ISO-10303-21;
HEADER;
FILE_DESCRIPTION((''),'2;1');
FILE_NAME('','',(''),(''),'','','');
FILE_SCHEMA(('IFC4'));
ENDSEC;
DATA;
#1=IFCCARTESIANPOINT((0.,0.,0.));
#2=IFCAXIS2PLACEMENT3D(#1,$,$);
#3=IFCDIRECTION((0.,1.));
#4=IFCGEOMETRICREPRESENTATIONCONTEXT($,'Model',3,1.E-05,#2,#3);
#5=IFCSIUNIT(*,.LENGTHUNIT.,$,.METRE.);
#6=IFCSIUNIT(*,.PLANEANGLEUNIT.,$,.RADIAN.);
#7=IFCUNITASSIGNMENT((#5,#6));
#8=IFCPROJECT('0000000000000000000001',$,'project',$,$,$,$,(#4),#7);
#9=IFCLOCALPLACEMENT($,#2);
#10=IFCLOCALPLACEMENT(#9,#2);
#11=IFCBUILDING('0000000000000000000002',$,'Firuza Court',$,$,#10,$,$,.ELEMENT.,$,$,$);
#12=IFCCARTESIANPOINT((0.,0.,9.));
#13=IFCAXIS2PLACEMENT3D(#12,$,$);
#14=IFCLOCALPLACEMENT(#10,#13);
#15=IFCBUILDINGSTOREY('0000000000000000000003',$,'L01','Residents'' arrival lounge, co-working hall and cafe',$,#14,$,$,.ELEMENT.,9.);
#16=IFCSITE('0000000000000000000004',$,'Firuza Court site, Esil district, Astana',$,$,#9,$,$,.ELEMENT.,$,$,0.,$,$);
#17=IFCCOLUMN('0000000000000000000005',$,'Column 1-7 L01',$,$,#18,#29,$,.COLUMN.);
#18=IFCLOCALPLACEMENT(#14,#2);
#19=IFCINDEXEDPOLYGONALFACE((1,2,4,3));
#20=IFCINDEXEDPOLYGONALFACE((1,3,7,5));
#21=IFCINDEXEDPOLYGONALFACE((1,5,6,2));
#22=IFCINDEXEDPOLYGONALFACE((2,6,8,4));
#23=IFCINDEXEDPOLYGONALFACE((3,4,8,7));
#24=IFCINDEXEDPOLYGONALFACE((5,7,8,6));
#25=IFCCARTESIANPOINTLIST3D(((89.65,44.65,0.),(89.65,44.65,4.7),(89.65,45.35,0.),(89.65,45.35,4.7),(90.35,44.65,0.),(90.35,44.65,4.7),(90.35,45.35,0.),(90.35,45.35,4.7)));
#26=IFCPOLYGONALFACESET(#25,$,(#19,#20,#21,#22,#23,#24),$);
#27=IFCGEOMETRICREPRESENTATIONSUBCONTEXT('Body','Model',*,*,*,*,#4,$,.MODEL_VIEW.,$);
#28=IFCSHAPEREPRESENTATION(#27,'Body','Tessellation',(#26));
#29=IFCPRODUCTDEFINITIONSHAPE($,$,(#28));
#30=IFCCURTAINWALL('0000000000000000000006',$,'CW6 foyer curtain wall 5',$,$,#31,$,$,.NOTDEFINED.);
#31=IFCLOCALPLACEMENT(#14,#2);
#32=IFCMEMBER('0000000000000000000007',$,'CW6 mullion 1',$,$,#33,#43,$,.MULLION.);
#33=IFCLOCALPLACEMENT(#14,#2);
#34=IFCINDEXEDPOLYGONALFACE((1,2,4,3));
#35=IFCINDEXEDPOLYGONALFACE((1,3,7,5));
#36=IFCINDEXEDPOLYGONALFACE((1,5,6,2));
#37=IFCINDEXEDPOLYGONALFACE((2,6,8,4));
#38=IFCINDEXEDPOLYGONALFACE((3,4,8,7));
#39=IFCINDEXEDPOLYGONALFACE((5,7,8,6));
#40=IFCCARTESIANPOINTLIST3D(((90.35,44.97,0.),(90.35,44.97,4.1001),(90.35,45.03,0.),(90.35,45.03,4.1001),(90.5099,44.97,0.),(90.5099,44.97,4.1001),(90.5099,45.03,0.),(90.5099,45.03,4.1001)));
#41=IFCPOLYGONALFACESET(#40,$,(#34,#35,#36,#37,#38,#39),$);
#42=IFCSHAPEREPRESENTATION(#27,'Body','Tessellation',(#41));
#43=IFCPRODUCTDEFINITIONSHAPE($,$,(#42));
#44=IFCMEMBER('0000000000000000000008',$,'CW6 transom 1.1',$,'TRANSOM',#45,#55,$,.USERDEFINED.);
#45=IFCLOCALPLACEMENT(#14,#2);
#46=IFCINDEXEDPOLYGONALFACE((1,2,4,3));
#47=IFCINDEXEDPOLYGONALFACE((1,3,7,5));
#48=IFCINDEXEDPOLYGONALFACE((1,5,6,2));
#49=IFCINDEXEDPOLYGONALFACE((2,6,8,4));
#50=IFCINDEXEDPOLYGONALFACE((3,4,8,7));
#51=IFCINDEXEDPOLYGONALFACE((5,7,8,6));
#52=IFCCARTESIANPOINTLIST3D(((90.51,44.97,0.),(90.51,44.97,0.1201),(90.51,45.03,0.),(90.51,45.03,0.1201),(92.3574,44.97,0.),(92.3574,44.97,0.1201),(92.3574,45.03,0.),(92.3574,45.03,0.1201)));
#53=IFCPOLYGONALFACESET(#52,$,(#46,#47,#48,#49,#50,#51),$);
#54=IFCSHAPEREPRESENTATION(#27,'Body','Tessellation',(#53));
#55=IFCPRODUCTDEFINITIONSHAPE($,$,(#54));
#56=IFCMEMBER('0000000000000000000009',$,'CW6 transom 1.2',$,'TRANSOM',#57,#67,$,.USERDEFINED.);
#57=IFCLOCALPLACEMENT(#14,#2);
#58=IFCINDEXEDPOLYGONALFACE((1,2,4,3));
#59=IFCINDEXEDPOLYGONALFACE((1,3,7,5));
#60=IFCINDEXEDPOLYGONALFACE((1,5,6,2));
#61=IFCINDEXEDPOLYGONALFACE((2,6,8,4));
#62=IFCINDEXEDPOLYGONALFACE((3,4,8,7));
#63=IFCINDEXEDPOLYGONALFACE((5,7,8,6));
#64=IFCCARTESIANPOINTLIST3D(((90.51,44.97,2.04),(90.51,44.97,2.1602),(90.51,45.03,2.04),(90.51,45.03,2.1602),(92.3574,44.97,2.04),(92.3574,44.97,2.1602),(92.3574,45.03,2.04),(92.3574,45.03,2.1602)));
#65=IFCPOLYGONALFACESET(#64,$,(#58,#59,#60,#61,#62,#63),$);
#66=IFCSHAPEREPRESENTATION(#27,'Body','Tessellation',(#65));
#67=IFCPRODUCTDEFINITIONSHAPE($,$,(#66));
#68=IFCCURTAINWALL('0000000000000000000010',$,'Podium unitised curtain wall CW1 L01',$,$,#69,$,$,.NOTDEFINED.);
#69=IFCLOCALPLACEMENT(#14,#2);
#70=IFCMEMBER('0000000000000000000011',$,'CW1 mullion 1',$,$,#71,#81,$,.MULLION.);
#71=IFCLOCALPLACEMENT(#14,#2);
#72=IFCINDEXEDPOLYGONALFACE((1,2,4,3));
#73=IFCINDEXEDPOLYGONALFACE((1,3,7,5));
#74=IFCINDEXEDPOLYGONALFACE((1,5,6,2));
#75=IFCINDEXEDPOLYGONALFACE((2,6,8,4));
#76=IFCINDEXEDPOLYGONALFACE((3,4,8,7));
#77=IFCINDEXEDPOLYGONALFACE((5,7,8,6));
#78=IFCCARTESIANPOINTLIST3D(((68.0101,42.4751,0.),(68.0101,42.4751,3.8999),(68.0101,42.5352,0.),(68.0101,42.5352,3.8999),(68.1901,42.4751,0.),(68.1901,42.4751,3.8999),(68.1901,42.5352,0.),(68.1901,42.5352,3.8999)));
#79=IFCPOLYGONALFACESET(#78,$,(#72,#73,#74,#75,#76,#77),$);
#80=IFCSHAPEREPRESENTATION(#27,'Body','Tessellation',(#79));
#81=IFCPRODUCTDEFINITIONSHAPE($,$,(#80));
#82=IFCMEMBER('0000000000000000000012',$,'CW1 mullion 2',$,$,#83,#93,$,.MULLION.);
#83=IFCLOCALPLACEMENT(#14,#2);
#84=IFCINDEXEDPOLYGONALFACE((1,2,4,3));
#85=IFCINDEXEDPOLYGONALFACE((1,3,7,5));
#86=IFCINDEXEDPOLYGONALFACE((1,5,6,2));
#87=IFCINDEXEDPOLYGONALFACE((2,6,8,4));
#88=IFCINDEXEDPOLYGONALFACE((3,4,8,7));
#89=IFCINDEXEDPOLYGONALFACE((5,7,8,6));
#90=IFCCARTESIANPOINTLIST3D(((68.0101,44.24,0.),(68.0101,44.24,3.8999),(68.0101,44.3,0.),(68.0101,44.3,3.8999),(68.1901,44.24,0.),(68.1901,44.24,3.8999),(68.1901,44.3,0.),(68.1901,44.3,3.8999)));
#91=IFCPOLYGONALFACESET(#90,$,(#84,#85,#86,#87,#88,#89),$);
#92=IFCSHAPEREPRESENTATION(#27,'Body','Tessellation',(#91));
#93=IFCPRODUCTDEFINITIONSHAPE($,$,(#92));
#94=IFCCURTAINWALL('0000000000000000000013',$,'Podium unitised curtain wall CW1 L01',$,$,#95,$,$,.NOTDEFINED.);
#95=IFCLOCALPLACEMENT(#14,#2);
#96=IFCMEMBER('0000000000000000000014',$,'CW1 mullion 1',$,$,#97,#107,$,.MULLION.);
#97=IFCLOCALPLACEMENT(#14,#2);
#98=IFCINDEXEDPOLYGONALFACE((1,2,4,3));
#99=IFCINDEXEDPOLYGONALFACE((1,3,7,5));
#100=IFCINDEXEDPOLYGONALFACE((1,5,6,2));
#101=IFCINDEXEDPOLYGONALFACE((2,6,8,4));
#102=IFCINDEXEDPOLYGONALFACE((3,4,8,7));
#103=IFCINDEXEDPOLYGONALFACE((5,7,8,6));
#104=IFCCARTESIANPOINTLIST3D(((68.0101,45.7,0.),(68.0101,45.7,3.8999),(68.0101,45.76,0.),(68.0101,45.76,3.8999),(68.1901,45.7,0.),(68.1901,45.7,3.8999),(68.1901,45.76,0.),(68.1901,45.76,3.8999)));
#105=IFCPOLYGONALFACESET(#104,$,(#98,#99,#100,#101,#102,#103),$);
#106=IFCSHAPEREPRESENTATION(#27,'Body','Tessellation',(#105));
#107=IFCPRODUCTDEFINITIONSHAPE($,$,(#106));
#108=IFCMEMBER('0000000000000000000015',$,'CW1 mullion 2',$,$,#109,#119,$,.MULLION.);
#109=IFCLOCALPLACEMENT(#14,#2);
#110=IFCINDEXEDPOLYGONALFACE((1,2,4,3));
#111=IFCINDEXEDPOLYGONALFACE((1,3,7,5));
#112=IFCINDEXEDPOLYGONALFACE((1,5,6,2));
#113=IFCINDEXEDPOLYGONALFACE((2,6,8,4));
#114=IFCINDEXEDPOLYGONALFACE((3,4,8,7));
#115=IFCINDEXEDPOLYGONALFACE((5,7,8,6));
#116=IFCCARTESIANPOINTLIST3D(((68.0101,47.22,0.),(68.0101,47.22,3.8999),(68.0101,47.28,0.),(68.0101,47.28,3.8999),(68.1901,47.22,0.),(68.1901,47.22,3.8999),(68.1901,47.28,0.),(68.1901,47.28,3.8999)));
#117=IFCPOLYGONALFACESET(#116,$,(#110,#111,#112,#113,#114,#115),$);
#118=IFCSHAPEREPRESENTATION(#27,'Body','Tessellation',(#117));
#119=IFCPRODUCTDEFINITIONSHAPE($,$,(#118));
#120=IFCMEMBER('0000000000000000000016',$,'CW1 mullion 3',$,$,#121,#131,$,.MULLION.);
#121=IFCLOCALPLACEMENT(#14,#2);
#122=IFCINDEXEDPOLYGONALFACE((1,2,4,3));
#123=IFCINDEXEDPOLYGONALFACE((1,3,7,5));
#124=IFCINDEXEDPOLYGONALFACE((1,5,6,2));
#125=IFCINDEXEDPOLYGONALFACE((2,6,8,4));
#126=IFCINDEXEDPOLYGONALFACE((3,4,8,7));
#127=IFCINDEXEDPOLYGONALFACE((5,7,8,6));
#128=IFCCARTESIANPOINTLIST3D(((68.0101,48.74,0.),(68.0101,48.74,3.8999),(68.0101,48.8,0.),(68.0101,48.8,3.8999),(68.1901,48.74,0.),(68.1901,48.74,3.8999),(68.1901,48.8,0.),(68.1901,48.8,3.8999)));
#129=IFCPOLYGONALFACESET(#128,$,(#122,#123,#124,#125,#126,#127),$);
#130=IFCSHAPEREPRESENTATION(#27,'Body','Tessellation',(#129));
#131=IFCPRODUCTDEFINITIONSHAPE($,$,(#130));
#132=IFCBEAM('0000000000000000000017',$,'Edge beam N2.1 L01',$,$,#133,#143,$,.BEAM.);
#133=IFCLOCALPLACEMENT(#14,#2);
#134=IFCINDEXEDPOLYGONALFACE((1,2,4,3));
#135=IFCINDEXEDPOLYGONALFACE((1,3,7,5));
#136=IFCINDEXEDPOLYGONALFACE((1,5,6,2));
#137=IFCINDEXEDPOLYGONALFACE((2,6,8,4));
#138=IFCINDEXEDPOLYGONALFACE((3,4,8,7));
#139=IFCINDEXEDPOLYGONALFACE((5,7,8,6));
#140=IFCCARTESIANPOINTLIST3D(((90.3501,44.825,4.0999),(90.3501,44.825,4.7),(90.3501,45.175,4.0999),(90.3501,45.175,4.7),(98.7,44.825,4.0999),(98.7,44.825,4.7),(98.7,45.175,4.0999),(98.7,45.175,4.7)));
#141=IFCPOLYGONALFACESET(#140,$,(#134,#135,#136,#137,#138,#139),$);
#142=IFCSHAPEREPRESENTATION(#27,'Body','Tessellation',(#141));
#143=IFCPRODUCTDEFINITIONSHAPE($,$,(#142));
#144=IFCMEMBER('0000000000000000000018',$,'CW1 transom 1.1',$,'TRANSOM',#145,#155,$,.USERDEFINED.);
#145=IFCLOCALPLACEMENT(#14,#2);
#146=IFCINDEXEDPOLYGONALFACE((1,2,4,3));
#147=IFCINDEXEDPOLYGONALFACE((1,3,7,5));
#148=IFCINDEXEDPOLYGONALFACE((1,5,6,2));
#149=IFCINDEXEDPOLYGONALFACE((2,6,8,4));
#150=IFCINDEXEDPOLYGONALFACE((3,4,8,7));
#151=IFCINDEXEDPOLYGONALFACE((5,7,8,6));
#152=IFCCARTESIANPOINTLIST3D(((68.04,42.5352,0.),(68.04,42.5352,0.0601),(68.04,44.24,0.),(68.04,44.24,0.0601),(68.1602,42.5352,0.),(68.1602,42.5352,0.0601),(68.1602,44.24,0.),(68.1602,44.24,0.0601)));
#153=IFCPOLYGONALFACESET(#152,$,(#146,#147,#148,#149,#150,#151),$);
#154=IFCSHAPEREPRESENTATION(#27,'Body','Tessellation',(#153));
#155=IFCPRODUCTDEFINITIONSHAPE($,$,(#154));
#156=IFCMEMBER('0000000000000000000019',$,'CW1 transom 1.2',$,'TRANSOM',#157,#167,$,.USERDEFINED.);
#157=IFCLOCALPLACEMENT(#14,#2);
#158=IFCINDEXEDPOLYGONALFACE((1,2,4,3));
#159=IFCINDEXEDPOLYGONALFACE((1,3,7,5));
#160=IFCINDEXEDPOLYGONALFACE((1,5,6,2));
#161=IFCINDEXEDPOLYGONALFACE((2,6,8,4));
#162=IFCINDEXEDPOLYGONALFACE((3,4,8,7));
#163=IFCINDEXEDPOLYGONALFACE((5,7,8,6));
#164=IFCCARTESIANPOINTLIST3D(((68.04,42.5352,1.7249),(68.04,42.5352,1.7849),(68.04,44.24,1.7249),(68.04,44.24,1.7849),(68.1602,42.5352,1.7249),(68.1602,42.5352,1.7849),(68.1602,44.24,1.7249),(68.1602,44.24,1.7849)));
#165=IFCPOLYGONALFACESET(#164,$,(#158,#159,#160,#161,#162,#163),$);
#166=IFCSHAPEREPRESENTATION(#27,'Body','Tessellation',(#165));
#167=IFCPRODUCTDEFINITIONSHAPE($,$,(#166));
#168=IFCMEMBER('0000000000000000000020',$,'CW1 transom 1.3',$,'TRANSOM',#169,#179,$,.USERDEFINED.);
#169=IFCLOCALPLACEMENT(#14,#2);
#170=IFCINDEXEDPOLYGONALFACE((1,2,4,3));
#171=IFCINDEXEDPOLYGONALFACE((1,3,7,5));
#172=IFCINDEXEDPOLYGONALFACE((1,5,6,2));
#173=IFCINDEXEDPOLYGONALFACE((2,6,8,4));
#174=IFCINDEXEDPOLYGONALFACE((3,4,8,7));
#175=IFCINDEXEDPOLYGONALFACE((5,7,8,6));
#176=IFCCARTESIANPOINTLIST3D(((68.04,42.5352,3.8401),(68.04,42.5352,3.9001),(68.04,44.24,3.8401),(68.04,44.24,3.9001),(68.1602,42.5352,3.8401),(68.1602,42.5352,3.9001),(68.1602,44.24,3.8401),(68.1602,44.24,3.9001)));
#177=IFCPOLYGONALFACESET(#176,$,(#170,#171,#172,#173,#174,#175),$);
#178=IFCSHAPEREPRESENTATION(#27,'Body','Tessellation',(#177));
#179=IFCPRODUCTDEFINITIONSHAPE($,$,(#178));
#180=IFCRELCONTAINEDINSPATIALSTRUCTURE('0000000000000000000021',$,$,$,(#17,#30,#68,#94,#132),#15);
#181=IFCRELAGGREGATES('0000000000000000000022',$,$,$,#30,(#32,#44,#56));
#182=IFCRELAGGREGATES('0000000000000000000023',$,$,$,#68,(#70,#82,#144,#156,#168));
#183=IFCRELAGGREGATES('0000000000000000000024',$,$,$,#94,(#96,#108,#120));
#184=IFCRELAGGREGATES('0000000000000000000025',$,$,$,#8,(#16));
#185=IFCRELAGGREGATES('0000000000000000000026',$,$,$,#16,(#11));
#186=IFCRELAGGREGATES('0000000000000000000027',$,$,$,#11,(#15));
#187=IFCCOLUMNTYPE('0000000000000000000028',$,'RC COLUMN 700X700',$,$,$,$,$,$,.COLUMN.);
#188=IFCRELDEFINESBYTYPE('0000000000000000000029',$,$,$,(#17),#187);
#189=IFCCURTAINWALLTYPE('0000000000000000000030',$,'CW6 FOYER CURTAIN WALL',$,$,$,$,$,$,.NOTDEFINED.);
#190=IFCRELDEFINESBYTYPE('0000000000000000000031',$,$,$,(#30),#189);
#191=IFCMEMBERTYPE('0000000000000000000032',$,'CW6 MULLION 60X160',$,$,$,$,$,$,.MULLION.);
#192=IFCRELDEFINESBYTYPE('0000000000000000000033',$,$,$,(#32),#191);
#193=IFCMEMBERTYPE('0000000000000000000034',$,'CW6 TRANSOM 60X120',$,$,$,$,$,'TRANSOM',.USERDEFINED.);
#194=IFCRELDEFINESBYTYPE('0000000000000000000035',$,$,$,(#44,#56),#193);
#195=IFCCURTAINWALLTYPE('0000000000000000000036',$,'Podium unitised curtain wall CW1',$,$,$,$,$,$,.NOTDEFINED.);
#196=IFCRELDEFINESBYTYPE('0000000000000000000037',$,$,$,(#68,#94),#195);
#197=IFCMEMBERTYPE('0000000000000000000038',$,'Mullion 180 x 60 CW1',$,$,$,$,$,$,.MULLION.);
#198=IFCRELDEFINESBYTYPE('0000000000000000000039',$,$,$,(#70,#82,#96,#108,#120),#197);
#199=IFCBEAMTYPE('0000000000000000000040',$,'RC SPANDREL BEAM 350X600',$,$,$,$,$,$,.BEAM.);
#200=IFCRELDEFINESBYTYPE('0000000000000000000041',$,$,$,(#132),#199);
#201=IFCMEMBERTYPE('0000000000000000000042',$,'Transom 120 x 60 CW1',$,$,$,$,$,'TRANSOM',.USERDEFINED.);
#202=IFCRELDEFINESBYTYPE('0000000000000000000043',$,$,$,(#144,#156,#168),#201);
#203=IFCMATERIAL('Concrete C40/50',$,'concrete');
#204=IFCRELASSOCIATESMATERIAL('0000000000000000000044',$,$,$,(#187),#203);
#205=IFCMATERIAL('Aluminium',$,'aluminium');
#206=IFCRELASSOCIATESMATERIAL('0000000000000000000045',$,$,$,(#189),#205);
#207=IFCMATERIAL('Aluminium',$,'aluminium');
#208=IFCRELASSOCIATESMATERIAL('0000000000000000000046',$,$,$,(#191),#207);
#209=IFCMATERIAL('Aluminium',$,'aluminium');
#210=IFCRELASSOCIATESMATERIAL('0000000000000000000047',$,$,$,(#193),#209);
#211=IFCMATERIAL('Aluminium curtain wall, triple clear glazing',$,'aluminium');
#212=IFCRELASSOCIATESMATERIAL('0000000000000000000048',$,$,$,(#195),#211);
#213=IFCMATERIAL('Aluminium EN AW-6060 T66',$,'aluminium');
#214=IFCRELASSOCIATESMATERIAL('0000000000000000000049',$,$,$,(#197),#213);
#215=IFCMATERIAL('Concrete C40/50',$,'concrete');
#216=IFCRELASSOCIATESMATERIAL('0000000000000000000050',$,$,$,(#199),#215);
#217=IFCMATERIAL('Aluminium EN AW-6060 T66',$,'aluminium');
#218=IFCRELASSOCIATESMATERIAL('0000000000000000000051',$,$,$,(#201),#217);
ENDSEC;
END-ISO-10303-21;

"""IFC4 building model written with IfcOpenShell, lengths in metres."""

from ifc_helpers import new_model, si_unit, direction, frame, origin, origin_2d, place, context, subcontext, project, spatial, rectangle, extrude, material, material_profile, profile_set, type_object, element, aggregate, save


model = new_model("IFC4")

# Units and contexts
model_context = context("Model", 3, precision=1e-05, world=origin(), true_north=direction((0.0, 1.0)))
body_context = subcontext(model_context, "Body", "Model", "MODEL_VIEW")
ifc_project = project(units=[si_unit("LENGTHUNIT", "METRE"), si_unit("PLANEANGLEUNIT", "RADIAN")], contexts=[model_context])

# Site, building, storey
site_placement = place(None, origin())
site = spatial("IfcSite", under=ifc_project, at=site_placement, Name="Firuza Court site, Esil district, Astana", CompositionType="ELEMENT", RefElevation=0.0)
building_placement = place(site_placement, origin())
building = spatial("IfcBuilding", under=site, at=building_placement, Name="Firuza Court", CompositionType="ELEMENT")
storey_placement = place(building_placement, frame((0.0, 0.0, 9.0)))
storey = spatial("IfcBuildingStorey", under=building, at=storey_placement, Name="L01", Description="Residents' arrival lounge, co-working hall and cafe", CompositionType="ELEMENT", Elevation=9.0)

# Column
ifc_material_1 = material(Name="Concrete C40/50", Category="concrete")
ifc_material_profile_1 = material_profile(ifc_material_1, rectangle(XDim=0.7, YDim=0.7, at=origin_2d()), Name="RC 700X700")
ifc_profile_set_1 = profile_set([ifc_material_profile_1], Name="Concrete C40/50")
column_type = type_object("IfcColumnType", Name="RC COLUMN 700X700", PredefinedType="COLUMN", material=ifc_profile_set_1)
column_placement = place(storey_placement, frame((90.0, 45.0, 0.0), z_axis=(0.0, 0.0, 1.0), x_axis=(1.0, 0.0, 0.0)))
element("IfcColumn", 1, at=column_placement, inside=storey, type_object=column_type, Name="Column 1-7 L01", PredefinedType="COLUMN", context=body_context, shape_type="SweptSolid", body=[
    extrude(rectangle(XDim=0.7, YDim=0.7, at=origin_2d()), origin(), (0.0, 0.0, 1.0), 4.7),
])

# Curtain walls, members
ifc_material_2 = material(Name="Aluminium", Category="aluminium")
curtain_wall_type_1 = type_object("IfcCurtainWallType", Name="CW6 FOYER CURTAIN WALL", PredefinedType="NOTDEFINED", material=ifc_material_2)
curtain_wall_1_placement = place(storey_placement, origin())
curtain_wall_1 = element("IfcCurtainWall", 2, at=curtain_wall_1_placement, inside=storey, type_object=curtain_wall_type_1, Name="CW6 foyer curtain wall 5", PredefinedType="NOTDEFINED")
ifc_material_3 = material(Name="Aluminium", Category="aluminium")
ifc_material_profile_2 = material_profile(ifc_material_3, rectangle(XDim=0.0601, YDim=0.1599, at=origin_2d()), Name="MULLION 60X160")
ifc_profile_set_2 = profile_set([ifc_material_profile_2], Name="Aluminium")
member_type_1 = type_object("IfcMemberType", Name="CW6 MULLION 60X160", PredefinedType="MULLION", material=ifc_profile_set_2)
member_1_placement = place(storey_placement, frame((90.4299, 45.0, 0.0), z_axis=(0.0, 0.0, 1.0), x_axis=(0.0, 1.0, 0.0)))
member_1 = element("IfcMember", 3, at=member_1_placement, type_object=member_type_1, Name="CW6 mullion 1", PredefinedType="MULLION", context=body_context, shape_type="SweptSolid", body=[
    extrude(rectangle(XDim=0.0601, YDim=0.1599, at=origin_2d()), origin(), (0.0, 0.0, 1.0), 4.1001),
])
ifc_material_4 = material(Name="Aluminium", Category="aluminium")
ifc_material_profile_3 = material_profile(ifc_material_4, rectangle(XDim=0.0601, YDim=0.1201, at=origin_2d()), Name="TRANSOM 60X120")
ifc_profile_set_3 = profile_set([ifc_material_profile_3], Name="Aluminium")
member_type_2 = type_object("IfcMemberType", Name="CW6 TRANSOM 60X120", ElementType="TRANSOM", PredefinedType="USERDEFINED", material=ifc_profile_set_3)
member_2_placement = place(storey_placement, frame((90.51, 45.0, 0.0601), z_axis=(1.0, 0.0, 0.0), x_axis=(0.0, 1.0, 0.0)))
member_2 = element("IfcMember", 4, at=member_2_placement, type_object=member_type_2, Name="CW6 transom 1.1", ObjectType="TRANSOM", PredefinedType="USERDEFINED", context=body_context, shape_type="SweptSolid", body=[
    extrude(rectangle(XDim=0.0601, YDim=0.1201, at=origin_2d()), origin(), (0.0, 0.0, 1.0), 1.8474),
])
member_3_placement = place(storey_placement, frame((90.51, 45.0, 2.1001), z_axis=(1.0, 0.0, 0.0), x_axis=(0.0, 1.0, 0.0)))
member_3 = element("IfcMember", 5, at=member_3_placement, type_object=member_type_2, Name="CW6 transom 1.2", ObjectType="TRANSOM", PredefinedType="USERDEFINED", context=body_context, shape_type="SweptSolid", body=[
    extrude(rectangle(XDim=0.0601, YDim=0.1201, at=origin_2d()), origin(), (0.0, 0.0, 1.0), 1.8474),
])
aggregate(curtain_wall_1, [member_1, member_2, member_3])
ifc_material_5 = material(Name="Aluminium curtain wall, triple clear glazing", Category="aluminium")
curtain_wall_type_2 = type_object("IfcCurtainWallType", Name="Podium unitised curtain wall CW1", PredefinedType="NOTDEFINED", material=ifc_material_5)
curtain_wall_2_placement = place(storey_placement, origin())
curtain_wall_2 = element("IfcCurtainWall", 6, at=curtain_wall_2_placement, inside=storey, type_object=curtain_wall_type_2, Name="Podium unitised curtain wall CW1 L01", PredefinedType="NOTDEFINED")
ifc_material_6 = material(Name="Aluminium EN AW-6060 T66", Category="aluminium")
ifc_material_profile_4 = material_profile(ifc_material_6, rectangle(XDim=0.1799, YDim=0.0601, at=origin_2d()), Name="Mullion 180 x 60 CW1")
ifc_profile_set_4 = profile_set([ifc_material_profile_4], Name="Aluminium EN AW-6060 T66")
member_type_3 = type_object("IfcMemberType", Name="Mullion 180 x 60 CW1", PredefinedType="MULLION", material=ifc_profile_set_4)
member_4_placement = place(storey_placement, frame((68.1001, 42.5051, 0.0), z_axis=(0.0, 0.0, 1.0), x_axis=(-1.0, 0.0, 0.0)))
member_4 = element("IfcMember", 7, at=member_4_placement, type_object=member_type_3, Name="CW1 mullion 1", PredefinedType="MULLION", context=body_context, shape_type="SweptSolid", body=[
    extrude(rectangle(XDim=0.1799, YDim=0.0601, at=origin_2d()), origin(), (0.0, 0.0, 1.0), 3.8999),
])
member_5_placement = place(storey_placement, frame((68.1001, 44.27, 0.0), z_axis=(0.0, 0.0, 1.0), x_axis=(-1.0, 0.0, 0.0)))
member_5 = element("IfcMember", 8, at=member_5_placement, type_object=member_type_3, Name="CW1 mullion 2", PredefinedType="MULLION", context=body_context, shape_type="SweptSolid", body=[
    extrude(rectangle(XDim=0.1799, YDim=0.0601, at=origin_2d()), origin(), (0.0, 0.0, 1.0), 3.8999),
])
curtain_wall_3_placement = place(storey_placement, origin())
curtain_wall_3 = element("IfcCurtainWall", 9, at=curtain_wall_3_placement, inside=storey, type_object=curtain_wall_type_2, Name="Podium unitised curtain wall CW1 L01", PredefinedType="NOTDEFINED")
member_6_placement = place(storey_placement, frame((68.1001, 45.73, 0.0), z_axis=(0.0, 0.0, 1.0), x_axis=(-1.0, 0.0, 0.0)))
member_6 = element("IfcMember", 10, at=member_6_placement, type_object=member_type_3, Name="CW1 mullion 1", PredefinedType="MULLION", context=body_context, shape_type="SweptSolid", body=[
    extrude(rectangle(XDim=0.1799, YDim=0.0601, at=origin_2d()), origin(), (0.0, 0.0, 1.0), 3.8999),
])
member_7_placement = place(storey_placement, frame((68.1001, 47.25, 0.0), z_axis=(0.0, 0.0, 1.0), x_axis=(-1.0, 0.0, 0.0)))
member_7 = element("IfcMember", 11, at=member_7_placement, type_object=member_type_3, Name="CW1 mullion 2", PredefinedType="MULLION", context=body_context, shape_type="SweptSolid", body=[
    extrude(rectangle(XDim=0.1799, YDim=0.0601, at=origin_2d()), origin(), (0.0, 0.0, 1.0), 3.8999),
])
member_8_placement = place(storey_placement, frame((68.1001, 48.77, 0.0), z_axis=(0.0, 0.0, 1.0), x_axis=(-1.0, 0.0, 0.0)))
member_8 = element("IfcMember", 12, at=member_8_placement, type_object=member_type_3, Name="CW1 mullion 3", PredefinedType="MULLION", context=body_context, shape_type="SweptSolid", body=[
    extrude(rectangle(XDim=0.1799, YDim=0.0601, at=origin_2d()), origin(), (0.0, 0.0, 1.0), 3.8999),
])

# Beam
ifc_material_7 = material(Name="Concrete C40/50", Category="concrete")
ifc_material_profile_5 = material_profile(ifc_material_7, rectangle(XDim=0.3501, YDim=0.6001, at=origin_2d()), Name="RC 350X600")
ifc_profile_set_5 = profile_set([ifc_material_profile_5], Name="Concrete C40/50")
beam_type = type_object("IfcBeamType", Name="RC SPANDREL BEAM 350X600", PredefinedType="BEAM", material=ifc_profile_set_5)
beam_placement = place(storey_placement, frame((90.3501, 45.0, 4.3999), z_axis=(1.0, 0.0, 0.0), x_axis=(0.0, 1.0, 0.0)))
element("IfcBeam", 13, at=beam_placement, inside=storey, type_object=beam_type, Name="Edge beam N2.1 L01", PredefinedType="BEAM", context=body_context, shape_type="SweptSolid", body=[
    extrude(rectangle(XDim=0.3501, YDim=0.6001, at=origin_2d()), origin(), (0.0, 0.0, 1.0), 8.3499),
])

# Members
ifc_material_8 = material(Name="Aluminium EN AW-6060 T66", Category="aluminium")
ifc_material_profile_6 = material_profile(ifc_material_8, rectangle(XDim=0.1201, YDim=0.0601, at=origin_2d()), Name="Transom 120 x 60 CW1")
ifc_profile_set_6 = profile_set([ifc_material_profile_6], Name="Aluminium EN AW-6060 T66")
member_type_4 = type_object("IfcMemberType", Name="Transom 120 x 60 CW1", ElementType="TRANSOM", PredefinedType="USERDEFINED", material=ifc_profile_set_6)
member_9_placement = place(storey_placement, frame((68.1001, 42.5352, 0.03), z_axis=(0.0, 1.0, 0.0), x_axis=(-1.0, 0.0, 0.0)))
member_9 = element("IfcMember", 14, at=member_9_placement, type_object=member_type_4, Name="CW1 transom 1.1", ObjectType="TRANSOM", PredefinedType="USERDEFINED", context=body_context, shape_type="SweptSolid", body=[
    extrude(rectangle(XDim=0.1201, YDim=0.0601, at=origin_2d()), origin(), (0.0, 0.0, 1.0), 1.7048),
])
member_10_placement = place(storey_placement, frame((68.1001, 42.5352, 1.7549), z_axis=(0.0, 1.0, 0.0), x_axis=(-1.0, 0.0, 0.0)))
member_10 = element("IfcMember", 15, at=member_10_placement, type_object=member_type_4, Name="CW1 transom 1.2", ObjectType="TRANSOM", PredefinedType="USERDEFINED", context=body_context, shape_type="SweptSolid", body=[
    extrude(rectangle(XDim=0.1201, YDim=0.0601, at=origin_2d()), origin(), (0.0, 0.0, 1.0), 1.7048),
])
member_11_placement = place(storey_placement, frame((68.1001, 42.5352, 3.8701), z_axis=(0.0, 1.0, 0.0), x_axis=(-1.0, 0.0, 0.0)))
member_11 = element("IfcMember", 16, at=member_11_placement, type_object=member_type_4, Name="CW1 transom 1.3", ObjectType="TRANSOM", PredefinedType="USERDEFINED", context=body_context, shape_type="SweptSolid", body=[
    extrude(rectangle(XDim=0.1201, YDim=0.0601, at=origin_2d()), origin(), (0.0, 0.0, 1.0), 1.7048),
])

aggregate(curtain_wall_2, [member_4, member_5, member_9, member_10, member_11])
aggregate(curtain_wall_3, [member_6, member_7, member_8])

save(model, "model.ifc")
